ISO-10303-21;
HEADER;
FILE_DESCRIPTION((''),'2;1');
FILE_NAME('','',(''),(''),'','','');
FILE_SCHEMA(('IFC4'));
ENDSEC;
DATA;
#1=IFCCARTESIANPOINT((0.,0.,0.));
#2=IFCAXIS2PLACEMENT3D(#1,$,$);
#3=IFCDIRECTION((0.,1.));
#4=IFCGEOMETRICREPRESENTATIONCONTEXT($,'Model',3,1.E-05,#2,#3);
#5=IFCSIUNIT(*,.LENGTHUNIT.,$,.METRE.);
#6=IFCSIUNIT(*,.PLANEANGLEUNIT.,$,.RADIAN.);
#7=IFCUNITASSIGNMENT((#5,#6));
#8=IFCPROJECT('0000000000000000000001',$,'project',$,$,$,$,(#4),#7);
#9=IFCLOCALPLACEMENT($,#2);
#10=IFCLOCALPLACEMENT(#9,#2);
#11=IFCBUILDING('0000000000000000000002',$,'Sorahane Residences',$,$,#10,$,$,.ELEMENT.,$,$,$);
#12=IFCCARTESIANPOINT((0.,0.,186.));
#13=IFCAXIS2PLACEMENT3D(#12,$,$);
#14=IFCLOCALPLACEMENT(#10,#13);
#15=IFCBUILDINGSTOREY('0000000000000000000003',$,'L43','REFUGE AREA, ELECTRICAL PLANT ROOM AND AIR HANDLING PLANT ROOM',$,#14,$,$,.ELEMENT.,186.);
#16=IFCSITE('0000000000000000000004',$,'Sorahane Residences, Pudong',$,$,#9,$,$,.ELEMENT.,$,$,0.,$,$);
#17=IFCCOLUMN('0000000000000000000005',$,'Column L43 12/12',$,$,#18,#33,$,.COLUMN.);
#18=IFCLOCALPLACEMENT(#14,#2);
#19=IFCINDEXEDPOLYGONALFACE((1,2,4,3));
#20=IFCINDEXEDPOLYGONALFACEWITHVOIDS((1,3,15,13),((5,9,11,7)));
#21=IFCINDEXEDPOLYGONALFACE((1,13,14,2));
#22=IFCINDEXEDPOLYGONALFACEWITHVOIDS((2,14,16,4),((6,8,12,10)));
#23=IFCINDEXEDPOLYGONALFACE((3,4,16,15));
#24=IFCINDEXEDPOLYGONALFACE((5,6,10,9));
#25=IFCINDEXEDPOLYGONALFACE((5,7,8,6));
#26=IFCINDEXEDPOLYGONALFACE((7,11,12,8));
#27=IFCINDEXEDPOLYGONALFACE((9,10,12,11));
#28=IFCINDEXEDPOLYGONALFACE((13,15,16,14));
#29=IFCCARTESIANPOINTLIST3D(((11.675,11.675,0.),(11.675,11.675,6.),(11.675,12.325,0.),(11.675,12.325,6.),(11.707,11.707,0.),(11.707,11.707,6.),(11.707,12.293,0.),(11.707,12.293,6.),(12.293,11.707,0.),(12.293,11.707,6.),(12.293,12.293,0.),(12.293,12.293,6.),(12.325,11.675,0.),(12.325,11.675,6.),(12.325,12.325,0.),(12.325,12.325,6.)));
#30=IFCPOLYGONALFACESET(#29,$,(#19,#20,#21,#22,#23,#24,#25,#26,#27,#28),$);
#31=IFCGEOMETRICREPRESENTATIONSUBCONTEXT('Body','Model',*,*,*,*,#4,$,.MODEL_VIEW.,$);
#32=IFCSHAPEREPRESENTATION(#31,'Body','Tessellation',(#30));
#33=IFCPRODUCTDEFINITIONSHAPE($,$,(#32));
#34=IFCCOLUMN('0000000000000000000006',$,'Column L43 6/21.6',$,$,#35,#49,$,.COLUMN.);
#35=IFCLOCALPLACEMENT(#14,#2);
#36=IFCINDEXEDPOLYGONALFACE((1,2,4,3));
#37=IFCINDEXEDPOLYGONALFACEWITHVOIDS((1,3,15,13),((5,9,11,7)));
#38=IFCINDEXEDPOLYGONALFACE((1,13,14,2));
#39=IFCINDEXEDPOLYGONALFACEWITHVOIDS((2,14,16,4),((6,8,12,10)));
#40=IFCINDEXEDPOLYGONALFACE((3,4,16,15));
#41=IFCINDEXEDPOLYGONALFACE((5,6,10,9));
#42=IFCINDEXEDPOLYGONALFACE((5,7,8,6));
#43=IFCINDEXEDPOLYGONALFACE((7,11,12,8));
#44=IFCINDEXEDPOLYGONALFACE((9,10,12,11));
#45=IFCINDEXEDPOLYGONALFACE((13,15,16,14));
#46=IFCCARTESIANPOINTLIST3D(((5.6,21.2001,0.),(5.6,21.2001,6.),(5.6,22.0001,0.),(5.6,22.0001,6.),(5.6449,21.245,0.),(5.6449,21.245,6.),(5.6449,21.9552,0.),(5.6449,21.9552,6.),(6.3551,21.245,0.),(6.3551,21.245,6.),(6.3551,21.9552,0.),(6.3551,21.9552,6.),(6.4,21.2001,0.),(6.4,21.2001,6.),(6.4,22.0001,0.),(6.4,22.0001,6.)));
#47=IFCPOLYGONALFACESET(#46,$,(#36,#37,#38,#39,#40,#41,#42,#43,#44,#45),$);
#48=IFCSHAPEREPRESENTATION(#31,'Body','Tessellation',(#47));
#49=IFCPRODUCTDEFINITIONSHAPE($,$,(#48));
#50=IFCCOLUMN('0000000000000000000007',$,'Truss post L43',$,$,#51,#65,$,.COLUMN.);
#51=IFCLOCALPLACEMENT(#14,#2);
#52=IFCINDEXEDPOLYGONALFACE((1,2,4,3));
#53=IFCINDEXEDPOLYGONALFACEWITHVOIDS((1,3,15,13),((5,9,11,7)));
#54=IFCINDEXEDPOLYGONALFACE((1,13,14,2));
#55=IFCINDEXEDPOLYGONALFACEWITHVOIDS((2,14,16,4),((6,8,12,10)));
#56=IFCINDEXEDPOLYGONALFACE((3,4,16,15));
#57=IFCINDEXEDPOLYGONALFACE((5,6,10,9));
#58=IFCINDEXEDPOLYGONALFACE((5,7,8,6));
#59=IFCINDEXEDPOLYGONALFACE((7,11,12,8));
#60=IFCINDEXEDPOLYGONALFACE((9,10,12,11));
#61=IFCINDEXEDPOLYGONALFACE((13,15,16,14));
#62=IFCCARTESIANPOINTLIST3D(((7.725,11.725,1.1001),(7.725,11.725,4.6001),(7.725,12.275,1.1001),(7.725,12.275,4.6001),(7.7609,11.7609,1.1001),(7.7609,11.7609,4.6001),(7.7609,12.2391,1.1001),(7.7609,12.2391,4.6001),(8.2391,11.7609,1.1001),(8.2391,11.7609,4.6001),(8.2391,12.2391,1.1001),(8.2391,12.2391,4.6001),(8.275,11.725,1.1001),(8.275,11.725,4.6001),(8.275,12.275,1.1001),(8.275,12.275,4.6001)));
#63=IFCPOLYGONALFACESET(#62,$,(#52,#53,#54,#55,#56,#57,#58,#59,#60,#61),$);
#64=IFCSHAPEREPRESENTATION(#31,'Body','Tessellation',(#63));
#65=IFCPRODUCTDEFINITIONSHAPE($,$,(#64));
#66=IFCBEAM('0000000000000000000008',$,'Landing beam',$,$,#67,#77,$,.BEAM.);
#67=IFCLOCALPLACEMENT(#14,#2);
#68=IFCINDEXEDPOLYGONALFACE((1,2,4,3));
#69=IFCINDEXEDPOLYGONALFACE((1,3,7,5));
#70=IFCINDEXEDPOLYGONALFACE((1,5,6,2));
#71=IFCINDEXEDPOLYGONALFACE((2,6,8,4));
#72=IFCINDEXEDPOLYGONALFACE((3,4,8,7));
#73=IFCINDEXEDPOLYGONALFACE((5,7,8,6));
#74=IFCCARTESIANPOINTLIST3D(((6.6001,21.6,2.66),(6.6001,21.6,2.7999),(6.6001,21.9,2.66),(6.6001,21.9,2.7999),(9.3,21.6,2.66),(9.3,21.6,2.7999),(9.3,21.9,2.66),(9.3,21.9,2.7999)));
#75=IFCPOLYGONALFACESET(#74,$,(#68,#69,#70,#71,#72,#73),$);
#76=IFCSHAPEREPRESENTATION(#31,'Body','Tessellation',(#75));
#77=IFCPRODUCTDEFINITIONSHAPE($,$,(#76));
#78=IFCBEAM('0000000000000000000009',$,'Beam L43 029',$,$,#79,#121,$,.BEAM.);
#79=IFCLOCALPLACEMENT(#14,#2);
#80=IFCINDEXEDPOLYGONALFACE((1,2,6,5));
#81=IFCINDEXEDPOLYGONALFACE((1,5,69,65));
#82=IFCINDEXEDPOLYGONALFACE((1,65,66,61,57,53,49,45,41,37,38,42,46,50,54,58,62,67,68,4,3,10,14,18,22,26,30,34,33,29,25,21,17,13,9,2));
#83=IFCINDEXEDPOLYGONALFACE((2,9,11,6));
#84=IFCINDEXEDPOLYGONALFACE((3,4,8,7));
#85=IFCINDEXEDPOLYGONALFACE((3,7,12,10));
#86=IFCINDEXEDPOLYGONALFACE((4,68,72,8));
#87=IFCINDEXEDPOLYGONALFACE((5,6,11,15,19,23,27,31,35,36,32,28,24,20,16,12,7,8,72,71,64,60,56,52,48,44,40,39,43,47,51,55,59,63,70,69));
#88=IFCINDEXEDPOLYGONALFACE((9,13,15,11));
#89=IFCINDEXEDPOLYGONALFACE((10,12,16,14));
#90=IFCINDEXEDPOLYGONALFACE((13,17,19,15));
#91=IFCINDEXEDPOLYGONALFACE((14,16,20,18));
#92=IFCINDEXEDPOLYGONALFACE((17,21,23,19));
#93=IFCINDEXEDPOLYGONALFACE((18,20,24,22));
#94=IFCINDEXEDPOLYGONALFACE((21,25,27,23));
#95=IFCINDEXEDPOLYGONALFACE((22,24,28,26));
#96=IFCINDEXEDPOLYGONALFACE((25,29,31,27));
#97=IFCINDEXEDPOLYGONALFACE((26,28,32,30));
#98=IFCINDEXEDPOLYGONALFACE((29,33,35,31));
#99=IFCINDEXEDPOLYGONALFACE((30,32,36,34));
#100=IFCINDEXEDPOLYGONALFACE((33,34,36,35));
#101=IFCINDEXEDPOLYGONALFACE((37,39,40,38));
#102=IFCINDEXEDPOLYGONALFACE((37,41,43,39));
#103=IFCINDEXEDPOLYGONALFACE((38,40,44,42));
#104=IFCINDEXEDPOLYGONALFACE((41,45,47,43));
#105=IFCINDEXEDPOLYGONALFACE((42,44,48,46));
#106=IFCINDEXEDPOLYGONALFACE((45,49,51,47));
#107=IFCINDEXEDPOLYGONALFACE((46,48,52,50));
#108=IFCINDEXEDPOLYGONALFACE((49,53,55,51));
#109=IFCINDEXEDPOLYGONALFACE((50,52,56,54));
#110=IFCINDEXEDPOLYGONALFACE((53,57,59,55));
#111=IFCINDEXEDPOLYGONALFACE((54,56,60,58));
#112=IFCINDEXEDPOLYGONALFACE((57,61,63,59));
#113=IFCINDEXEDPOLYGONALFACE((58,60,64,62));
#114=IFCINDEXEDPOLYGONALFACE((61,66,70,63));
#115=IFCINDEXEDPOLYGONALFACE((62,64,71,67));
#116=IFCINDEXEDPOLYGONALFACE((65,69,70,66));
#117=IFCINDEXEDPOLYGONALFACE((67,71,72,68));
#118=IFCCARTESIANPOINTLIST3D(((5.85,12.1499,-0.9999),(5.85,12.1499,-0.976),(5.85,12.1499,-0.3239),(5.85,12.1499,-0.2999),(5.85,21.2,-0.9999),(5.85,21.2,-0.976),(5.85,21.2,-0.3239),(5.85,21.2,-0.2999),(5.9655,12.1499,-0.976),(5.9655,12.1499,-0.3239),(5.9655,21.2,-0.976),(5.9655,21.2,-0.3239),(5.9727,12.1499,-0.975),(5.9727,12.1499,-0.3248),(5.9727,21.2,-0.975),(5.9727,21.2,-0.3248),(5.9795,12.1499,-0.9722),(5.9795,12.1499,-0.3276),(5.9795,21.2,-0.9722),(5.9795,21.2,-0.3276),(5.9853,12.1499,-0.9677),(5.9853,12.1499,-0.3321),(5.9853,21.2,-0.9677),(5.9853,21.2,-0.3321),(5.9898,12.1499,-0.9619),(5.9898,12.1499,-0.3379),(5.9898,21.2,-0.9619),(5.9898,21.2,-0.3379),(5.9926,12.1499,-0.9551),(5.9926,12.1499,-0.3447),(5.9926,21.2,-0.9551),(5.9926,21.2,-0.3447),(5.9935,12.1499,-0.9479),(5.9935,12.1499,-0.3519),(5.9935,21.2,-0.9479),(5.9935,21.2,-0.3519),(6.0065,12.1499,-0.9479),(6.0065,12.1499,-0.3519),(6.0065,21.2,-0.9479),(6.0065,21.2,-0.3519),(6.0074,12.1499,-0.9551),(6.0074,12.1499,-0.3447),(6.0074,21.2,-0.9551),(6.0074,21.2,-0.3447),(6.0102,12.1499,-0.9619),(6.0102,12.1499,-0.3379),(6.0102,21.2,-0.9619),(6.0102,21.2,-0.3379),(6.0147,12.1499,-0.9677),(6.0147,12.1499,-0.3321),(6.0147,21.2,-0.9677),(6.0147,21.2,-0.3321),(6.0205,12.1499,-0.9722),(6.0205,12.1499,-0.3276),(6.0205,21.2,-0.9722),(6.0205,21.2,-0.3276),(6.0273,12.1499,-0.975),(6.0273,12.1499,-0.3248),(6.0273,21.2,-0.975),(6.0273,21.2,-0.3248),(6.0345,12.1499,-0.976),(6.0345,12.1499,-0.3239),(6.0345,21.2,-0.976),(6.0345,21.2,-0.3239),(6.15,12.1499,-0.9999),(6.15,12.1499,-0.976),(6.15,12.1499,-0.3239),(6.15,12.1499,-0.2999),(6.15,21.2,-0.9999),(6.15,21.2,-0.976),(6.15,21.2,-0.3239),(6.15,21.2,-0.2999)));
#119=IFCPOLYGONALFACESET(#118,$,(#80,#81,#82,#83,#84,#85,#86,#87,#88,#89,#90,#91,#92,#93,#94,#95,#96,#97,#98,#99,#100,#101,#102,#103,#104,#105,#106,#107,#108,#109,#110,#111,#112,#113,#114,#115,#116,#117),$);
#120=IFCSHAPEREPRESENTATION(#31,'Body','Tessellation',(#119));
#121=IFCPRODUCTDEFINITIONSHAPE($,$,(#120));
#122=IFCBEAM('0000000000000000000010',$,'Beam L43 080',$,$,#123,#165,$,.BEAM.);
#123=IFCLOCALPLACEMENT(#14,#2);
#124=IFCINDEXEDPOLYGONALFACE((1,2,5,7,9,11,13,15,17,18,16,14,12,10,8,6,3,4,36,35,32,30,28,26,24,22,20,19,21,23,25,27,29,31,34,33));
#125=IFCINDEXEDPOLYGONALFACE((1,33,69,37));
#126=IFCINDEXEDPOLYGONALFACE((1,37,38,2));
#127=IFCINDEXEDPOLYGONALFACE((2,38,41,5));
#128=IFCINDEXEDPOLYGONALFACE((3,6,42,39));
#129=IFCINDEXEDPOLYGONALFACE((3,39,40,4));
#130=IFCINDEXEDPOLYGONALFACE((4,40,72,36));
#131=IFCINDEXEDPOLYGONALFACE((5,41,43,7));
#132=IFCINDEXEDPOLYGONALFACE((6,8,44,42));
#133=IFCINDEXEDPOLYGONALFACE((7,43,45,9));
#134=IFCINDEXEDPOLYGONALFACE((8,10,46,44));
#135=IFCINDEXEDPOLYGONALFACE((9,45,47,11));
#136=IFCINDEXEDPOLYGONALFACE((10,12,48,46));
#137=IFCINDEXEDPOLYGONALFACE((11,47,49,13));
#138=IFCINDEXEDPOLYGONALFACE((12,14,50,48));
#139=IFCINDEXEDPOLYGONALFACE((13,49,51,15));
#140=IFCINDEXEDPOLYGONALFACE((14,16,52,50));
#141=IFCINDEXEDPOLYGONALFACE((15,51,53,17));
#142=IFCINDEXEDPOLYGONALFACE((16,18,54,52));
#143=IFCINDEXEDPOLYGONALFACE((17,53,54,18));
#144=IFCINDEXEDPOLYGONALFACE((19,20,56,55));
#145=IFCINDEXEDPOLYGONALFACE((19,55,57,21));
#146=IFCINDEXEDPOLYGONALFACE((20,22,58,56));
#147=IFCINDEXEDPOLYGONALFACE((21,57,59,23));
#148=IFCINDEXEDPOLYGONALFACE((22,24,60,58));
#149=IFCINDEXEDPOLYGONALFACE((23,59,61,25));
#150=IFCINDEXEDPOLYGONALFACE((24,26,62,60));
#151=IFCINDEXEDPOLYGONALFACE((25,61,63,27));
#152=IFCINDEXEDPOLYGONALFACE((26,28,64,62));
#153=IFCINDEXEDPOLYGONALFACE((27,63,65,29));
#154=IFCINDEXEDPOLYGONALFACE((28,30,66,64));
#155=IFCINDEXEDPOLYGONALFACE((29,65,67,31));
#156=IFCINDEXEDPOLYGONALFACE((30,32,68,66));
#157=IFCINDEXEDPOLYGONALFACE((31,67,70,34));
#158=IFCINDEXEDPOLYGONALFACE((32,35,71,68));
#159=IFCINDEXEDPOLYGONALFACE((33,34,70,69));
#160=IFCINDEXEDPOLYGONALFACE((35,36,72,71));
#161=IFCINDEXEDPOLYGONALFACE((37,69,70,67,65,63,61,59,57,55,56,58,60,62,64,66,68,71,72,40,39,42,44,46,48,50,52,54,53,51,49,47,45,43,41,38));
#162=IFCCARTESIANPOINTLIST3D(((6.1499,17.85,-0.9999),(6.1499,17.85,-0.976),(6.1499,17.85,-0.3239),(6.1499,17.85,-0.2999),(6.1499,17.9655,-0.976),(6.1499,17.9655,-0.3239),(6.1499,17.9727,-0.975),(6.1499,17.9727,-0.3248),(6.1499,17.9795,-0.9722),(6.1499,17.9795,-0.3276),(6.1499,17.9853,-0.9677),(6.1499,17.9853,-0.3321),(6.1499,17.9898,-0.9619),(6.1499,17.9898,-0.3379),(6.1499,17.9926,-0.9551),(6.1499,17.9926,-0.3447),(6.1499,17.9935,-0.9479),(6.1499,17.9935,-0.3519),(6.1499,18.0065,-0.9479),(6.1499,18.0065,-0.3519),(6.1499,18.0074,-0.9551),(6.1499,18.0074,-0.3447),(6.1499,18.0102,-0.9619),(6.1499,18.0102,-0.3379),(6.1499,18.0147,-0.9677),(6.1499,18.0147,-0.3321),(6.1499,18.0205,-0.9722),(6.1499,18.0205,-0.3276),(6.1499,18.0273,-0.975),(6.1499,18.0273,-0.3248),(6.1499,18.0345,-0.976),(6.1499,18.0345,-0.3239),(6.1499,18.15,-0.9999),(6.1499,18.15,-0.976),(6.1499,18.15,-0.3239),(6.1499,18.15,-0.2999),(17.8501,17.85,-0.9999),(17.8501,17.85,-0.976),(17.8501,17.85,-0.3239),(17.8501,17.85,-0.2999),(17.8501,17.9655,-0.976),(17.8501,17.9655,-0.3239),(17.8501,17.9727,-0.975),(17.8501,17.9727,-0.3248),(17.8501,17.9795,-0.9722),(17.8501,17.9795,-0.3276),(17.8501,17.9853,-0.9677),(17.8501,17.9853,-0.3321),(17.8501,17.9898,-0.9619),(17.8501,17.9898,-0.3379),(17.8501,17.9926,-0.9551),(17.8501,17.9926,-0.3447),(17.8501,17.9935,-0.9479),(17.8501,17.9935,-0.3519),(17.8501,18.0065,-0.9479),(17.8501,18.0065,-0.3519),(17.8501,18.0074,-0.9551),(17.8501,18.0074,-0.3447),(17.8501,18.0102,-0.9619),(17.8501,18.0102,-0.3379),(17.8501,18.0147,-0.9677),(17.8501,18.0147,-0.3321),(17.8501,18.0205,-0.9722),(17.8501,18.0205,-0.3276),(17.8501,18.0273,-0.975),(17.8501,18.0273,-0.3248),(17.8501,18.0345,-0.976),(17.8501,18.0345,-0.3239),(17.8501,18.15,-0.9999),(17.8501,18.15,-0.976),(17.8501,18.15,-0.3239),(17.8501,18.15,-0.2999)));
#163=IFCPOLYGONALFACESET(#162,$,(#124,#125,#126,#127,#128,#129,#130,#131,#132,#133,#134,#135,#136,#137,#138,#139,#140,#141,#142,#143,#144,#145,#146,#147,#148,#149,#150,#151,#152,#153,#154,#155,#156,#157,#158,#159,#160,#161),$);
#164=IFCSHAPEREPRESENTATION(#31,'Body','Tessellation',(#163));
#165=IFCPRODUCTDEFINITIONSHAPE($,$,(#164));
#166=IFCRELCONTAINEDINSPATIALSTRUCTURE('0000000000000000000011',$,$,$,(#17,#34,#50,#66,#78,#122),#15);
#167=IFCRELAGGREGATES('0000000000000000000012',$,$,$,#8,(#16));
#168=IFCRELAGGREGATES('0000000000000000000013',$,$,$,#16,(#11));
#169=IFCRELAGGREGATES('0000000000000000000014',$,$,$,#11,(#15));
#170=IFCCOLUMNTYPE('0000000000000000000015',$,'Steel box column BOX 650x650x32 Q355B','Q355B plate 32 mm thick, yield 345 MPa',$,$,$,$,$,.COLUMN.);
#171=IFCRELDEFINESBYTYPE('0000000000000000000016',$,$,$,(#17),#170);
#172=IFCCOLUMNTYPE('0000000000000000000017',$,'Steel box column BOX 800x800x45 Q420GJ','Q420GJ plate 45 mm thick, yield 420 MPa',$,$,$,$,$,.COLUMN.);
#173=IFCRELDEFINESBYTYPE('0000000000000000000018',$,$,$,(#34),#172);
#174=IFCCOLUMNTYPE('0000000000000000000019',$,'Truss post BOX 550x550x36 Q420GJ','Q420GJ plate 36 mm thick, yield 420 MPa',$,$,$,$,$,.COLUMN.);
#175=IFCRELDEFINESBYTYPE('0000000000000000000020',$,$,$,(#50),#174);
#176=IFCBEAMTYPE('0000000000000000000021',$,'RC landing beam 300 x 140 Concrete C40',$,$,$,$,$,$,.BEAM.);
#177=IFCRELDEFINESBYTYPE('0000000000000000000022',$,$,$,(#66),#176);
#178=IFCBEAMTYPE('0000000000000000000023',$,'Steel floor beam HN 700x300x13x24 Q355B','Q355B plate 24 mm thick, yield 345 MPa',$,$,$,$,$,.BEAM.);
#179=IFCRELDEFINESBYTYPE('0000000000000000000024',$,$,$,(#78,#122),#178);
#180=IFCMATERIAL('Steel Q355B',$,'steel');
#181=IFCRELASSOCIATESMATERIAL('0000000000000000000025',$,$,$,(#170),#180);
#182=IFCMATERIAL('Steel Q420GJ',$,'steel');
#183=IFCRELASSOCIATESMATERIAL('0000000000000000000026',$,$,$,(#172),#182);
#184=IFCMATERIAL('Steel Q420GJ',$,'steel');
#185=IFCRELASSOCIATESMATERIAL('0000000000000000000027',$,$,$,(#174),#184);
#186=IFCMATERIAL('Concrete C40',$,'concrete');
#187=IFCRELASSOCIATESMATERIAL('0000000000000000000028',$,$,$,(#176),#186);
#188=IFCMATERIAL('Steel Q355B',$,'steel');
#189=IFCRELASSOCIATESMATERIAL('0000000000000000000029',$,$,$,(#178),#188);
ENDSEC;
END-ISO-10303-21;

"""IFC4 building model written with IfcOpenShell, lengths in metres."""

from ifc_helpers import new_model, si_unit, direction, frame, origin, origin_2d, place, context, subcontext, project, spatial, rectangle, hollow_rectangle, i_section, extrude, material, material_profile, profile_set, type_object, element, save


model = new_model("IFC4")

# Units and contexts
model_context = context("Model", 3, precision=1e-05, world=origin(), true_north=direction((0.0, 1.0)))
body_context = subcontext(model_context, "Body", "Model", "MODEL_VIEW")
ifc_project = project(units=[si_unit("LENGTHUNIT", "METRE"), si_unit("PLANEANGLEUNIT", "RADIAN")], contexts=[model_context])

# Site, building, storey
site_placement = place(None, origin())
site = spatial("IfcSite", under=ifc_project, at=site_placement, Name="Sorahane Residences, Pudong", CompositionType="ELEMENT", RefElevation=0.0)
building_placement = place(site_placement, origin())
building = spatial("IfcBuilding", under=site, at=building_placement, Name="Sorahane Residences", CompositionType="ELEMENT")
storey_placement = place(building_placement, frame((0.0, 0.0, 186.0)))
storey = spatial("IfcBuildingStorey", under=building, at=storey_placement, Name="L43", Description="REFUGE AREA, ELECTRICAL PLANT ROOM AND AIR HANDLING PLANT ROOM", CompositionType="ELEMENT", Elevation=186.0)

# Columns
ifc_material_1 = material(Name="Steel Q355B", Category="steel")
ifc_material_profile_1 = material_profile(ifc_material_1, hollow_rectangle(XDim=0.6499, YDim=0.6499, WallThickness=0.032, at=origin_2d()), Name="BOX 650x650x32")
ifc_profile_set_1 = profile_set([ifc_material_profile_1], Name="Steel Q355B")
column_type_1 = type_object("IfcColumnType", Name="Steel box column BOX 650x650x32 Q355B", Description="Q355B plate 32 mm thick, yield 345 MPa", PredefinedType="COLUMN", material=ifc_profile_set_1)
column_1_placement = place(storey_placement, frame((12.0, 12.0, 0.0), z_axis=(0.0, 0.0, 1.0), x_axis=(1.0, 0.0, 0.0)))
element("IfcColumn", 1, at=column_1_placement, inside=storey, type_object=column_type_1, Name="Column L43 12/12", PredefinedType="COLUMN", context=body_context, shape_type="SweptSolid", body=[
    extrude(hollow_rectangle(XDim=0.6499, YDim=0.6499, WallThickness=0.032, at=origin_2d()), origin(), (0.0, 0.0, 1.0), 6.0),
])
ifc_material_2 = material(Name="Steel Q420GJ", Category="steel")
ifc_material_profile_2 = material_profile(ifc_material_2, hollow_rectangle(XDim=0.8, YDim=0.8, WallThickness=0.0449, at=origin_2d()), Name="BOX 800x800x45")
ifc_profile_set_2 = profile_set([ifc_material_profile_2], Name="Steel Q420GJ")
column_type_2 = type_object("IfcColumnType", Name="Steel box column BOX 800x800x45 Q420GJ", Description="Q420GJ plate 45 mm thick, yield 420 MPa", PredefinedType="COLUMN", material=ifc_profile_set_2)
column_2_placement = place(storey_placement, frame((6.0, 21.6001, 0.0), z_axis=(0.0, 0.0, 1.0), x_axis=(1.0, 0.0, 0.0)))
element("IfcColumn", 2, at=column_2_placement, inside=storey, type_object=column_type_2, Name="Column L43 6/21.6", PredefinedType="COLUMN", context=body_context, shape_type="SweptSolid", body=[
    extrude(hollow_rectangle(XDim=0.8, YDim=0.8, WallThickness=0.0449, at=origin_2d()), origin(), (0.0, 0.0, 1.0), 6.0),
])
ifc_material_3 = material(Name="Steel Q420GJ", Category="steel")
ifc_material_profile_3 = material_profile(ifc_material_3, hollow_rectangle(XDim=0.55, YDim=0.55, WallThickness=0.0359, at=origin_2d()), Name="BOX 550x550x36")
ifc_profile_set_3 = profile_set([ifc_material_profile_3], Name="Steel Q420GJ")
column_type_3 = type_object("IfcColumnType", Name="Truss post BOX 550x550x36 Q420GJ", Description="Q420GJ plate 36 mm thick, yield 420 MPa", PredefinedType="COLUMN", material=ifc_profile_set_3)
column_3_placement = place(storey_placement, frame((8.0, 12.0, 1.1001), z_axis=(0.0, 0.0, 1.0), x_axis=(1.0, 0.0, 0.0)))
element("IfcColumn", 3, at=column_3_placement, inside=storey, type_object=column_type_3, Name="Truss post L43", PredefinedType="COLUMN", context=body_context, shape_type="SweptSolid", body=[
    extrude(hollow_rectangle(XDim=0.55, YDim=0.55, WallThickness=0.0359, at=origin_2d()), origin(), (0.0, 0.0, 1.0), 3.5),
])

# Beams
ifc_material_4 = material(Name="Concrete C40", Category="concrete")
ifc_material_profile_4 = material_profile(ifc_material_4, rectangle(XDim=0.3, YDim=0.1399, at=origin_2d()), Name="300x140")
ifc_profile_set_4 = profile_set([ifc_material_profile_4], Name="Concrete C40")
beam_type_1 = type_object("IfcBeamType", Name="RC landing beam 300 x 140 Concrete C40", PredefinedType="BEAM", material=ifc_profile_set_4)
beam_1_placement = place(storey_placement, frame((6.6001, 21.75, 2.73), z_axis=(1.0, 0.0, 0.0), x_axis=(0.0, 1.0, 0.0)))
element("IfcBeam", 4, at=beam_1_placement, inside=storey, type_object=beam_type_1, Name="Landing beam", PredefinedType="BEAM", context=body_context, shape_type="SweptSolid", body=[
    extrude(rectangle(XDim=0.3, YDim=0.1399, at=origin_2d()), origin(), (0.0, 0.0, 1.0), 2.7),
])
ifc_material_5 = material(Name="Steel Q355B", Category="steel")
ifc_material_profile_5 = material_profile(ifc_material_5, i_section(OverallWidth=0.3, OverallDepth=0.7, WebThickness=0.0129, FlangeThickness=0.0239, FilletRadius=0.0281, at=origin_2d()), Name="HN 700x300x13x24")
ifc_profile_set_5 = profile_set([ifc_material_profile_5], Name="Steel Q355B")
beam_type_2 = type_object("IfcBeamType", Name="Steel floor beam HN 700x300x13x24 Q355B", Description="Q355B plate 24 mm thick, yield 345 MPa", PredefinedType="BEAM", material=ifc_profile_set_5)
beam_2_placement = place(storey_placement, frame((6.0, 12.1499, -0.6499), z_axis=(0.0, 1.0, 0.0), x_axis=(-1.0, 0.0, 0.0)))
element("IfcBeam", 5, at=beam_2_placement, inside=storey, type_object=beam_type_2, Name="Beam L43 029", PredefinedType="BEAM", context=body_context, shape_type="SweptSolid", body=[
    extrude(i_section(OverallWidth=0.3, OverallDepth=0.7, WebThickness=0.0129, FlangeThickness=0.0239, FilletRadius=0.0281, at=origin_2d()), origin(), (0.0, 0.0, 1.0), 9.05),
])
beam_3_placement = place(storey_placement, frame((6.1499, 18.0, -0.6499), z_axis=(1.0, 0.0, 0.0), x_axis=(0.0, 1.0, 0.0)))
element("IfcBeam", 6, at=beam_3_placement, inside=storey, type_object=beam_type_2, Name="Beam L43 080", PredefinedType="BEAM", context=body_context, shape_type="SweptSolid", body=[
    extrude(i_section(OverallWidth=0.3, OverallDepth=0.7, WebThickness=0.0129, FlangeThickness=0.0239, FilletRadius=0.0281, at=origin_2d()), origin(), (0.0, 0.0, 1.0), 11.7002),
])

save(model, "model.ifc")
